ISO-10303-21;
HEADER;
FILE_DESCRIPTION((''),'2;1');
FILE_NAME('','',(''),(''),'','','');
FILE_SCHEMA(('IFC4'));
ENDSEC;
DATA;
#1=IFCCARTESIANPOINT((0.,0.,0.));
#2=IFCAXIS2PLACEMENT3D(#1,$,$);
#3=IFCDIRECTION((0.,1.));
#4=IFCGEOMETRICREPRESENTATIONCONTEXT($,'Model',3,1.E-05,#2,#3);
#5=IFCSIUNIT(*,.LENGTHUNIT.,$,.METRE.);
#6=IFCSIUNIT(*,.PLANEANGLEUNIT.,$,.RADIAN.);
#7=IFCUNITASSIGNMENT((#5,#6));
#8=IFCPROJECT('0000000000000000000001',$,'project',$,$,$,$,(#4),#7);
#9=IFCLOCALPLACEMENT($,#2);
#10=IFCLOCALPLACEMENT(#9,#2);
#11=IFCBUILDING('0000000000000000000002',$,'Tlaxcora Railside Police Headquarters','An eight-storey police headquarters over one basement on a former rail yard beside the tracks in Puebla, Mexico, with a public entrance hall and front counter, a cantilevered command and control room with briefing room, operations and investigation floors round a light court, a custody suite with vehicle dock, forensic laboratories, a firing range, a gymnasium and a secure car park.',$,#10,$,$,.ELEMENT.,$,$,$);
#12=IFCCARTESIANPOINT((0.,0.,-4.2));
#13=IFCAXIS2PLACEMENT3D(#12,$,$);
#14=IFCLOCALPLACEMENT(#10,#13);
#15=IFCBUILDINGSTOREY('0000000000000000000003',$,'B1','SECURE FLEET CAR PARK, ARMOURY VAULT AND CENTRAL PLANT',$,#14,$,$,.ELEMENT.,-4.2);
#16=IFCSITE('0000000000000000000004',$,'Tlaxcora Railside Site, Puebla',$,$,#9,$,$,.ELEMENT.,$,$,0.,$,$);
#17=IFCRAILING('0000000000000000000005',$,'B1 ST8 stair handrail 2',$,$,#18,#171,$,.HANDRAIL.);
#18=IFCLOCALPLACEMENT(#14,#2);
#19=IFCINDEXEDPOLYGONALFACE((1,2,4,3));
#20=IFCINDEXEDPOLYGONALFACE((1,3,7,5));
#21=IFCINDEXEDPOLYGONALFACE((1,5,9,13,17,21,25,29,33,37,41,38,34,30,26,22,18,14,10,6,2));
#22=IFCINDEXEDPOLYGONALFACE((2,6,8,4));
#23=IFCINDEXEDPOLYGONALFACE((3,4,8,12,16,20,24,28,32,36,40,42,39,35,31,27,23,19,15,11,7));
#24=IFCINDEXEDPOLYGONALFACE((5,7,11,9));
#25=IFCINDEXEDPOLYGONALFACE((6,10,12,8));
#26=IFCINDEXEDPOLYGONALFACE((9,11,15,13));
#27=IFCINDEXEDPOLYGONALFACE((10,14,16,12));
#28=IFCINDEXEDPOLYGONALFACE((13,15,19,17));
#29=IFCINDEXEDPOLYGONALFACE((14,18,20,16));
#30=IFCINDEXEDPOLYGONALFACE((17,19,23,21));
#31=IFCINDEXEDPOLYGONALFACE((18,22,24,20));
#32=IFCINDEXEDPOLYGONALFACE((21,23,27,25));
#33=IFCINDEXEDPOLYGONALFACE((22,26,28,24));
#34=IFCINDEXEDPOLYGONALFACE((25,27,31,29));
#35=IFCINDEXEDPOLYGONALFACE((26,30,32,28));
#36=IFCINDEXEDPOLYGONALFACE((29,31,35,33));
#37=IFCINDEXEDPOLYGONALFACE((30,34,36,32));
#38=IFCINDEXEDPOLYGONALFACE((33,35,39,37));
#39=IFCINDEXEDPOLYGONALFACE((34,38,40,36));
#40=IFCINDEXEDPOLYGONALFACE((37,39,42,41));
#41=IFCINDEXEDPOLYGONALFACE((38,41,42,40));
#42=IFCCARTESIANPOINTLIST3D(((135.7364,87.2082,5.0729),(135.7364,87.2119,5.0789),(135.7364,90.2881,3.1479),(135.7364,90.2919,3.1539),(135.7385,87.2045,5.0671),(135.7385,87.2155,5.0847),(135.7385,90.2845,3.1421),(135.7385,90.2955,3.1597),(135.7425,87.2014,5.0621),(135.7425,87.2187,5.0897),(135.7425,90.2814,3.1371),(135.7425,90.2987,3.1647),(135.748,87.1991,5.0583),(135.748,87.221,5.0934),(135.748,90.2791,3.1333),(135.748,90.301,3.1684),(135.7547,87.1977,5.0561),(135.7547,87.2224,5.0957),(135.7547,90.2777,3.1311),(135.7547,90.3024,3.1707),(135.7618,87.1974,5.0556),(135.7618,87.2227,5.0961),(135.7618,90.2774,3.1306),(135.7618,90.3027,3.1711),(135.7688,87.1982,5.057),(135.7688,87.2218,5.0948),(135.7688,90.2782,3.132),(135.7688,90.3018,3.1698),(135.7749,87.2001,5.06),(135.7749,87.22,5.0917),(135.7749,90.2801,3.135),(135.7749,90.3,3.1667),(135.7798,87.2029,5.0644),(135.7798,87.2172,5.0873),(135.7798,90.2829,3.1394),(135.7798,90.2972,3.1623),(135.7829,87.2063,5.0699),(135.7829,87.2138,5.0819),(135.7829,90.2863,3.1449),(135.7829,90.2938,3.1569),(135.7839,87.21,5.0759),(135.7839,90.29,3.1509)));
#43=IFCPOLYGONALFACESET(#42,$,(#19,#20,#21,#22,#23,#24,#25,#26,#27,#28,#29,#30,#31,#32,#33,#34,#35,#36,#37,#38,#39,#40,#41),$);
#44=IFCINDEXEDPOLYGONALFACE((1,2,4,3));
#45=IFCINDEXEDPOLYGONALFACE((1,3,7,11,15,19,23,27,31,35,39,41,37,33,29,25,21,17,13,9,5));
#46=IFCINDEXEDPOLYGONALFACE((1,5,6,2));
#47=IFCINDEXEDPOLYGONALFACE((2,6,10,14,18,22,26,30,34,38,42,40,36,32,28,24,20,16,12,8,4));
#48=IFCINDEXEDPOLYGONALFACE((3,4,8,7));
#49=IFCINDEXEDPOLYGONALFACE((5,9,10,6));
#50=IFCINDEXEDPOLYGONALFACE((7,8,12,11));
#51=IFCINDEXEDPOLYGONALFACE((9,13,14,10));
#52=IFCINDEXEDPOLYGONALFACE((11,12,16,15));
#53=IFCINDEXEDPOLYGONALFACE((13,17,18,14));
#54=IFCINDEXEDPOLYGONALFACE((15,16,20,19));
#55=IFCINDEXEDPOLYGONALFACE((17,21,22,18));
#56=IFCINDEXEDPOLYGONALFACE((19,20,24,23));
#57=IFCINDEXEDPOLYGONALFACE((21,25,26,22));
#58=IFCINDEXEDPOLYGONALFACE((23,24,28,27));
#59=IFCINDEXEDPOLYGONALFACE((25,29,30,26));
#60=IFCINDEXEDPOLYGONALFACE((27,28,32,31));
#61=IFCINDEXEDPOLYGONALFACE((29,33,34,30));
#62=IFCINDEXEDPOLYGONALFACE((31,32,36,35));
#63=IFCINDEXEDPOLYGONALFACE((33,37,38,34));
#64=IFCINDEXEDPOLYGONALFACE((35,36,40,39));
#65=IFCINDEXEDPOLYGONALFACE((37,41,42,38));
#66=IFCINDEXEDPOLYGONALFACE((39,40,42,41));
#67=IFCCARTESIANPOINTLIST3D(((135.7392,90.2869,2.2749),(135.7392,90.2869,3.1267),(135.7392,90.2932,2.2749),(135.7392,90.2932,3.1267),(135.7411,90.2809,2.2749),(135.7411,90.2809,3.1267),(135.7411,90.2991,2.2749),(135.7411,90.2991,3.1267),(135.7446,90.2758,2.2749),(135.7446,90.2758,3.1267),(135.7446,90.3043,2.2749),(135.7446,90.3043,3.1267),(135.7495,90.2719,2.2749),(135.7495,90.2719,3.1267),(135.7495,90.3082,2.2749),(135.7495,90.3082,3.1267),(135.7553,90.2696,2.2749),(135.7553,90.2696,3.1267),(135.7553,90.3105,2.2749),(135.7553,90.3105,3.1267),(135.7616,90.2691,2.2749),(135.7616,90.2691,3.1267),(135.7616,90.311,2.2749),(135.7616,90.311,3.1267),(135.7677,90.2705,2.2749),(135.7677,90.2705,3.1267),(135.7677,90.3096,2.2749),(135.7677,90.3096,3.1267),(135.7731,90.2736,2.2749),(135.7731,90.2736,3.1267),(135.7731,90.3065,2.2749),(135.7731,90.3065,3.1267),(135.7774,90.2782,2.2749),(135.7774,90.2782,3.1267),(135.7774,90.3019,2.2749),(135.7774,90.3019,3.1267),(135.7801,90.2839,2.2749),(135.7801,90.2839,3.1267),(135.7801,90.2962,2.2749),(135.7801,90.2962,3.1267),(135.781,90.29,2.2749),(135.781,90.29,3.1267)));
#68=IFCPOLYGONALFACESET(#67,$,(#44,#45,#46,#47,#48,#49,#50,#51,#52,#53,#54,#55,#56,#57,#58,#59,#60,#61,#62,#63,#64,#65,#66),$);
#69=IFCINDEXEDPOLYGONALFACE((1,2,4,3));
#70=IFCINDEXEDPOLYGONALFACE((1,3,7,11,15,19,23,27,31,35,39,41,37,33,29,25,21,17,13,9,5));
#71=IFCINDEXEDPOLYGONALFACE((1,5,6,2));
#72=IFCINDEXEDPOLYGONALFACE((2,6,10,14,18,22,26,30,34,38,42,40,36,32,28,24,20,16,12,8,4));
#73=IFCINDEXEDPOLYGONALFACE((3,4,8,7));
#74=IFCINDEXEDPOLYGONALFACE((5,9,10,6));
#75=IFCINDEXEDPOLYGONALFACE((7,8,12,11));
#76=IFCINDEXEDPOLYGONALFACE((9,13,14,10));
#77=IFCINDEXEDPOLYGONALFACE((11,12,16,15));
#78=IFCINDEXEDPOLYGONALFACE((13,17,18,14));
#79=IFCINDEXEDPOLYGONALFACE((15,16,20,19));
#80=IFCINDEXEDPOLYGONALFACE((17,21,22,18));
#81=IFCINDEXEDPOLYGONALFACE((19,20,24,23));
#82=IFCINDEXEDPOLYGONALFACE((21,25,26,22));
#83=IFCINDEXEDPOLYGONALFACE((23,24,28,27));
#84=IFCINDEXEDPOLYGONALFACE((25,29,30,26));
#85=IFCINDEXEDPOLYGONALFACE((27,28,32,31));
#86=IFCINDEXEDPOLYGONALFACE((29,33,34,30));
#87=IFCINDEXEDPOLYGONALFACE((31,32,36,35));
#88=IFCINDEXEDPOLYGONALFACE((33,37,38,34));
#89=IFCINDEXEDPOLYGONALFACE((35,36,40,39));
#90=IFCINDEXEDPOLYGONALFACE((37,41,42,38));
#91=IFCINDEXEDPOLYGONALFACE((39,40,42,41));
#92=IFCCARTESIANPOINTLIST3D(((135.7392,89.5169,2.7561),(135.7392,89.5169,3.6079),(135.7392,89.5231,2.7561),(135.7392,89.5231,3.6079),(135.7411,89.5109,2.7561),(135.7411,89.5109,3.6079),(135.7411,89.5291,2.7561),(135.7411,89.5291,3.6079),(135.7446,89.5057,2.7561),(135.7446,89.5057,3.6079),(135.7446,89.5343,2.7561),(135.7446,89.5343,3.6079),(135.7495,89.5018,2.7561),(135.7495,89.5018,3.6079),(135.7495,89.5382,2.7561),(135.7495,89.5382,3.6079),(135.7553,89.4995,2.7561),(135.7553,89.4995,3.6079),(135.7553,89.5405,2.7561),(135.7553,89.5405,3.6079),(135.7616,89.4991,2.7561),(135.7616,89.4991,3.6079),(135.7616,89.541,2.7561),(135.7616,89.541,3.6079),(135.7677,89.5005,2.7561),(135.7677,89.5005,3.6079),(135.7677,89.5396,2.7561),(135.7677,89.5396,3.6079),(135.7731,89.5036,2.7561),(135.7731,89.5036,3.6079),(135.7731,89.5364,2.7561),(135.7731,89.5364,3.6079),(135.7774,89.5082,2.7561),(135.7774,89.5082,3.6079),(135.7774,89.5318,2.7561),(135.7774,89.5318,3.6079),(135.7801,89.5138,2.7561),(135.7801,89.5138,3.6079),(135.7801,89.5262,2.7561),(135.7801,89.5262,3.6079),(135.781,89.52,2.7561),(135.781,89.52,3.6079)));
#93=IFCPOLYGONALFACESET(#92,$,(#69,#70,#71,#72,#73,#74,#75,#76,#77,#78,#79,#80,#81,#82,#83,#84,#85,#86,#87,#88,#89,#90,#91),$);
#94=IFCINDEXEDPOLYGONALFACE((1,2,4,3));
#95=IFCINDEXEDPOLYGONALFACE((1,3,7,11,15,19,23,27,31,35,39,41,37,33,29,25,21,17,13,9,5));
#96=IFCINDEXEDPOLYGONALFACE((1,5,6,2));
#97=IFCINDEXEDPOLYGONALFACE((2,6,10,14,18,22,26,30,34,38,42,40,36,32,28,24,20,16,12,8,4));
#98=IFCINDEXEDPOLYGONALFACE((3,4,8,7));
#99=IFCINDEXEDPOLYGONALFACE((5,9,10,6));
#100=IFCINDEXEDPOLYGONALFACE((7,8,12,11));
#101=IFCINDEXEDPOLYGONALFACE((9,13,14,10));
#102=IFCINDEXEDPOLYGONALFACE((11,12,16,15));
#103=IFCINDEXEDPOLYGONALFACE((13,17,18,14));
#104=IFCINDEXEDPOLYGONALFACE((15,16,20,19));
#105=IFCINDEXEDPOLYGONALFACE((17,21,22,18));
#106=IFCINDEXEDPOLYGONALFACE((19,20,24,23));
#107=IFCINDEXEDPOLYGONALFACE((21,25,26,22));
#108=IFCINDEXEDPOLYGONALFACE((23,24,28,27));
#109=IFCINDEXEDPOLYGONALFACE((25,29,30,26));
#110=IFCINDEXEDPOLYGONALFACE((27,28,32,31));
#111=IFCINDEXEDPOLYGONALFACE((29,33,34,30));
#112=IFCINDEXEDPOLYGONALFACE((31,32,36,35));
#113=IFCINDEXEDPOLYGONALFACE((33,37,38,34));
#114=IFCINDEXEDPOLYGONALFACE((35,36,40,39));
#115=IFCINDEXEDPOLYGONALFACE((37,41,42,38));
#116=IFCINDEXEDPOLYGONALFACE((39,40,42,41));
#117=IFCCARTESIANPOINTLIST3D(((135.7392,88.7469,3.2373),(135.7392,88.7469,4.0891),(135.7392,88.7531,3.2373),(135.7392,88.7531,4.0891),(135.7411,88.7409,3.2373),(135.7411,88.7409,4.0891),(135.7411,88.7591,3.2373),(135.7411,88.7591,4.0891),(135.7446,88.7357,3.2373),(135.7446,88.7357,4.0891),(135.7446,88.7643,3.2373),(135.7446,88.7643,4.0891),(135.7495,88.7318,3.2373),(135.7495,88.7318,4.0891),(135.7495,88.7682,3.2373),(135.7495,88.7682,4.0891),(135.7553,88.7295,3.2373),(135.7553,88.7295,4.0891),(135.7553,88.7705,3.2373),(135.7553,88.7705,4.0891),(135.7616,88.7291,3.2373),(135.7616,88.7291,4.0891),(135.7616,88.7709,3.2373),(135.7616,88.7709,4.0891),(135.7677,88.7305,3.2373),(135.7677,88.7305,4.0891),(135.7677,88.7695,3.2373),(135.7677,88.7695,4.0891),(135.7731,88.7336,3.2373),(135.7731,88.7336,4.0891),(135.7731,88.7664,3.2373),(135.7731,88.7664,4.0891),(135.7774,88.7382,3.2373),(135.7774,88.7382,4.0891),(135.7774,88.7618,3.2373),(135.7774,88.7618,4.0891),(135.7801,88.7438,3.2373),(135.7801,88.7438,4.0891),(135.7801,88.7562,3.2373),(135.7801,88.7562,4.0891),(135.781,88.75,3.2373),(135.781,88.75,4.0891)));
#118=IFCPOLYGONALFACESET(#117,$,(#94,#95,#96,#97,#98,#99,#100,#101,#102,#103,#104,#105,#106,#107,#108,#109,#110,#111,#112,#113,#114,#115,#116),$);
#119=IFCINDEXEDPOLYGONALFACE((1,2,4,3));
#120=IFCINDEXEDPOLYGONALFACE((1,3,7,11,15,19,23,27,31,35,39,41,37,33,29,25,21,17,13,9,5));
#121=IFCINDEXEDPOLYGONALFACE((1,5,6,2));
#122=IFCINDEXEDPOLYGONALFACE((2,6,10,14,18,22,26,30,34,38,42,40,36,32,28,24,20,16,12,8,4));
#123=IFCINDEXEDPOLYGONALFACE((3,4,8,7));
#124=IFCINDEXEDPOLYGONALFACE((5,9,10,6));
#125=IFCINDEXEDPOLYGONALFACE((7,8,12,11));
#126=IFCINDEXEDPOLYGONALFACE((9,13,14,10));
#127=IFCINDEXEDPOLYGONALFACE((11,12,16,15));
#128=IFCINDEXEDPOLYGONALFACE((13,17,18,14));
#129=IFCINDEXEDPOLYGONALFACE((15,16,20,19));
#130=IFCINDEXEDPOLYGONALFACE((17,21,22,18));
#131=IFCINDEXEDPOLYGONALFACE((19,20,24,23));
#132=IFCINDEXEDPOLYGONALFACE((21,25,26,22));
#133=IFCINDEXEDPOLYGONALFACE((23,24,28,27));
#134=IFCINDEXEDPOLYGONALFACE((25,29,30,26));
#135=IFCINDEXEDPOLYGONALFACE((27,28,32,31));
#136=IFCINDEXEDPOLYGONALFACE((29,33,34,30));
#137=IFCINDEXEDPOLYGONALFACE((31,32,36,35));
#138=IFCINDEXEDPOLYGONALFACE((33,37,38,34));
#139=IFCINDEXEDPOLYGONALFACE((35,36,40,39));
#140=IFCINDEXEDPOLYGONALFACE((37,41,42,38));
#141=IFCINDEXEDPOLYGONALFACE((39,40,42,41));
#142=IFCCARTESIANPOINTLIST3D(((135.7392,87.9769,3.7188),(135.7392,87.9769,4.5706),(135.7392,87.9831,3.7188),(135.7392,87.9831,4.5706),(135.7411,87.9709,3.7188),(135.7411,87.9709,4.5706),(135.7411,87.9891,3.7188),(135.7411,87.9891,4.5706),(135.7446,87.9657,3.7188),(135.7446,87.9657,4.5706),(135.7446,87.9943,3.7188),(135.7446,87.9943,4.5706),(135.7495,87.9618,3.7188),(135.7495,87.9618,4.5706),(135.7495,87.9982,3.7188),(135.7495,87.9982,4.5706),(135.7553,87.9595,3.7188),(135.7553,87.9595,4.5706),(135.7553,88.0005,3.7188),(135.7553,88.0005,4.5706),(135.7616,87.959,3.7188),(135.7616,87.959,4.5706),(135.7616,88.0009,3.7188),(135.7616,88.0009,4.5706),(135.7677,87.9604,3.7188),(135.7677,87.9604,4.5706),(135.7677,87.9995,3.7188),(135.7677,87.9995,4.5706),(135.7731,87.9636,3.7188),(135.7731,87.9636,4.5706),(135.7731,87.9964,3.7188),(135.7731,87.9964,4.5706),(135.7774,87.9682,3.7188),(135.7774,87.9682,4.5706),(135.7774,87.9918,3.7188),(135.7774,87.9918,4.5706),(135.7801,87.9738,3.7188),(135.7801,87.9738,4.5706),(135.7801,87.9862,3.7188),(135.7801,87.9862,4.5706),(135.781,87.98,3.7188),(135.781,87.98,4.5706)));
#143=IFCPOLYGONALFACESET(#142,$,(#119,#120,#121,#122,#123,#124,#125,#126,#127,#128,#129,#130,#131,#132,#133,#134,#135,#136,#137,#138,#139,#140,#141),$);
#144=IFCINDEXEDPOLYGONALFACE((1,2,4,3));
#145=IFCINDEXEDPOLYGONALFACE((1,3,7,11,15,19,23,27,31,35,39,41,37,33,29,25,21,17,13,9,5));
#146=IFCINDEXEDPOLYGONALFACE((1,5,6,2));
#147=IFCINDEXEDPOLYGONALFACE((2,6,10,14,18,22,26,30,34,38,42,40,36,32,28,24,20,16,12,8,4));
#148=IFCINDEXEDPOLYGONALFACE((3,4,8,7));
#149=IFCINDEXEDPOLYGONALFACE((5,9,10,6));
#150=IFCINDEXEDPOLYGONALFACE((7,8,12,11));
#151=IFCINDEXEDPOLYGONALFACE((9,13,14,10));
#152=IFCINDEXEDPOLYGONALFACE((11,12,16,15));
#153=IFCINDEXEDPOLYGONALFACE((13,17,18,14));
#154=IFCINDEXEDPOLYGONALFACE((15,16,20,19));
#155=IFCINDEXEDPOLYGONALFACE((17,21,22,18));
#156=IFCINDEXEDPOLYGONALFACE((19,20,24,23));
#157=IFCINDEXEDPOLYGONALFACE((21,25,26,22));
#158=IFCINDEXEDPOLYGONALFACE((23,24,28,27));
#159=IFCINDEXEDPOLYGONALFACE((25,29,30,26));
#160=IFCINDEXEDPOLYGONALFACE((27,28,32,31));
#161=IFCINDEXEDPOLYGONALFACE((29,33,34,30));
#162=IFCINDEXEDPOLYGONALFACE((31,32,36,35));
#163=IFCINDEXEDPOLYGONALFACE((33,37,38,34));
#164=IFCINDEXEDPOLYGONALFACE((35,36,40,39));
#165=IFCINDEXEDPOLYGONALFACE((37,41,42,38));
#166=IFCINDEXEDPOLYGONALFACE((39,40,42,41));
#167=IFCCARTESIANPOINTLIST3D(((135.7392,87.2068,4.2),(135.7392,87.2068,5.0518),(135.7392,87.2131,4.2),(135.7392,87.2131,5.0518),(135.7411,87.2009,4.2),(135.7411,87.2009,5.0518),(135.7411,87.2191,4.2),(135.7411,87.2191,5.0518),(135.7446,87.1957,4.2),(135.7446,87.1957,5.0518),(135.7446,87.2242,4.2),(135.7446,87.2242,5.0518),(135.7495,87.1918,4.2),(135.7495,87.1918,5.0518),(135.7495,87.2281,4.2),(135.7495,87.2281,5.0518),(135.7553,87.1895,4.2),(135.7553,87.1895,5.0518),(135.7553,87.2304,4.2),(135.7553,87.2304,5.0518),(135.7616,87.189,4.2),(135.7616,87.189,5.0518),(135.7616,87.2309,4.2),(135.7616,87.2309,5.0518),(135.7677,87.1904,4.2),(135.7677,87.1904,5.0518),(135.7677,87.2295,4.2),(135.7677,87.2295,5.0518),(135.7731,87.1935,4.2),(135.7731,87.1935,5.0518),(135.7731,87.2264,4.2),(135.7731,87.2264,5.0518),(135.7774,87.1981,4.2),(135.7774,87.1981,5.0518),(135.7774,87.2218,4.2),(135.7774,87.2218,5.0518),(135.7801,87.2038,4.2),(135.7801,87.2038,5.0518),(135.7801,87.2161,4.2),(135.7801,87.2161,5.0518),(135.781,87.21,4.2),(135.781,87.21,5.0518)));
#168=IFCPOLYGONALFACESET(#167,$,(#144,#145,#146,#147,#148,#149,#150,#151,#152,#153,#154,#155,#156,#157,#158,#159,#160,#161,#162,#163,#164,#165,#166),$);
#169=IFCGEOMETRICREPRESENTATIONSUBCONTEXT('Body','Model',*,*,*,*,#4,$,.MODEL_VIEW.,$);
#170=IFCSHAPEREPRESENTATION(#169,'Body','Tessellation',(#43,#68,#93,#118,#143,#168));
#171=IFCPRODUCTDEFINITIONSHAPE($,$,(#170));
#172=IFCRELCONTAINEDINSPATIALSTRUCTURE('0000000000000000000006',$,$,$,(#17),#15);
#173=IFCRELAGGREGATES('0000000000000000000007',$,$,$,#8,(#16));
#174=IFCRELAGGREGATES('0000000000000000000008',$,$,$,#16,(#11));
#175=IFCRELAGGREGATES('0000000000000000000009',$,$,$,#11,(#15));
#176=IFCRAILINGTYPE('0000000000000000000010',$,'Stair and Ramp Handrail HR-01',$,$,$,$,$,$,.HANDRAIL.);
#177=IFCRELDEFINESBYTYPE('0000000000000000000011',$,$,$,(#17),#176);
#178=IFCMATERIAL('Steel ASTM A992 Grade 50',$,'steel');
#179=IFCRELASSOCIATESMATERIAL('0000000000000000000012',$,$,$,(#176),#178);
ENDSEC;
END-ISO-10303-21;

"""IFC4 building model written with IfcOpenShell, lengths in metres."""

from ifc_helpers import new_model, si_unit, direction, frame, origin, origin_2d, place, context, subcontext, project, spatial, circle, extrude, material, type_object, element, save


model = new_model("IFC4")

# Units and contexts
model_context = context("Model", 3, precision=1e-05, world=origin(), true_north=direction((0.0, 1.0)))
body_context = subcontext(model_context, "Body", "Model", "MODEL_VIEW")
ifc_project = project(units=[si_unit("LENGTHUNIT", "METRE"), si_unit("PLANEANGLEUNIT", "RADIAN")], contexts=[model_context])

# Site, building, storey
site_placement = place(None, origin())
site = spatial("IfcSite", under=ifc_project, at=site_placement, Name="Tlaxcora Railside Site, Puebla", CompositionType="ELEMENT", RefElevation=0.0)
building_placement = place(site_placement, origin())
building = spatial("IfcBuilding", under=site, at=building_placement, Name="Tlaxcora Railside Police Headquarters", Description="An eight-storey police headquarters over one basement on a former rail yard beside the tracks in Puebla, Mexico, with a public entrance hall and front counter, a cantilevered command and control room with briefing room, operations and investigation floors round a light court, a custody suite with vehicle dock, forensic laboratories, a firing range, a gymnasium and a secure car park.", CompositionType="ELEMENT")
storey_placement = place(building_placement, frame((0.0, 0.0, -4.2)))
storey = spatial("IfcBuildingStorey", under=building, at=storey_placement, Name="B1", Description="SECURE FLEET CAR PARK, ARMOURY VAULT AND CENTRAL PLANT", CompositionType="ELEMENT", Elevation=-4.2)

# Shared definitions
ifc_material_1 = material(Name="Steel ASTM A992 Grade 50", Category="steel")

# Railing
railing_type_1 = type_object("IfcRailingType", Name="Stair and Ramp Handrail HR-01", PredefinedType="HANDRAIL", material=ifc_material_1)
railing_1_placement = place(storey_placement, frame((135.76, 90.29, 2.2749)))
element("IfcRailing", 1, at=railing_1_placement, inside=storey, type_object=railing_type_1, Name="B1 ST8 stair handrail 2", PredefinedType="HANDRAIL", context=body_context, shape_type="SweptSolid", body=[
    extrude(circle(Radius=0.0239, at=origin_2d()), frame((0.0, 0.0, 0.876), z_axis=(0.0, -0.847998, 0.529999), x_axis=(1.0, 0.0, 0.0)), (0.0, 0.0, 1.0), 3.6321),
    extrude(circle(Radius=0.021, at=origin_2d()), origin(), (0.0, 0.0, 1.0), 0.8518),
    extrude(circle(Radius=0.021, at=origin_2d()), frame((0.0, -0.77, 0.4812)), (0.0, 0.0, 1.0), 0.8518),
    extrude(circle(Radius=0.021, at=origin_2d()), frame((0.0, -1.54, 0.9624)), (0.0, 0.0, 1.0), 0.8518),
    extrude(circle(Radius=0.021, at=origin_2d()), frame((0.0, -2.3101, 1.4438)), (0.0, 0.0, 1.0), 0.8518),
    extrude(circle(Radius=0.021, at=origin_2d()), frame((0.0, -3.0801, 1.925)), (0.0, 0.0, 1.0), 0.8518),
])

save(model, "model.ifc")
